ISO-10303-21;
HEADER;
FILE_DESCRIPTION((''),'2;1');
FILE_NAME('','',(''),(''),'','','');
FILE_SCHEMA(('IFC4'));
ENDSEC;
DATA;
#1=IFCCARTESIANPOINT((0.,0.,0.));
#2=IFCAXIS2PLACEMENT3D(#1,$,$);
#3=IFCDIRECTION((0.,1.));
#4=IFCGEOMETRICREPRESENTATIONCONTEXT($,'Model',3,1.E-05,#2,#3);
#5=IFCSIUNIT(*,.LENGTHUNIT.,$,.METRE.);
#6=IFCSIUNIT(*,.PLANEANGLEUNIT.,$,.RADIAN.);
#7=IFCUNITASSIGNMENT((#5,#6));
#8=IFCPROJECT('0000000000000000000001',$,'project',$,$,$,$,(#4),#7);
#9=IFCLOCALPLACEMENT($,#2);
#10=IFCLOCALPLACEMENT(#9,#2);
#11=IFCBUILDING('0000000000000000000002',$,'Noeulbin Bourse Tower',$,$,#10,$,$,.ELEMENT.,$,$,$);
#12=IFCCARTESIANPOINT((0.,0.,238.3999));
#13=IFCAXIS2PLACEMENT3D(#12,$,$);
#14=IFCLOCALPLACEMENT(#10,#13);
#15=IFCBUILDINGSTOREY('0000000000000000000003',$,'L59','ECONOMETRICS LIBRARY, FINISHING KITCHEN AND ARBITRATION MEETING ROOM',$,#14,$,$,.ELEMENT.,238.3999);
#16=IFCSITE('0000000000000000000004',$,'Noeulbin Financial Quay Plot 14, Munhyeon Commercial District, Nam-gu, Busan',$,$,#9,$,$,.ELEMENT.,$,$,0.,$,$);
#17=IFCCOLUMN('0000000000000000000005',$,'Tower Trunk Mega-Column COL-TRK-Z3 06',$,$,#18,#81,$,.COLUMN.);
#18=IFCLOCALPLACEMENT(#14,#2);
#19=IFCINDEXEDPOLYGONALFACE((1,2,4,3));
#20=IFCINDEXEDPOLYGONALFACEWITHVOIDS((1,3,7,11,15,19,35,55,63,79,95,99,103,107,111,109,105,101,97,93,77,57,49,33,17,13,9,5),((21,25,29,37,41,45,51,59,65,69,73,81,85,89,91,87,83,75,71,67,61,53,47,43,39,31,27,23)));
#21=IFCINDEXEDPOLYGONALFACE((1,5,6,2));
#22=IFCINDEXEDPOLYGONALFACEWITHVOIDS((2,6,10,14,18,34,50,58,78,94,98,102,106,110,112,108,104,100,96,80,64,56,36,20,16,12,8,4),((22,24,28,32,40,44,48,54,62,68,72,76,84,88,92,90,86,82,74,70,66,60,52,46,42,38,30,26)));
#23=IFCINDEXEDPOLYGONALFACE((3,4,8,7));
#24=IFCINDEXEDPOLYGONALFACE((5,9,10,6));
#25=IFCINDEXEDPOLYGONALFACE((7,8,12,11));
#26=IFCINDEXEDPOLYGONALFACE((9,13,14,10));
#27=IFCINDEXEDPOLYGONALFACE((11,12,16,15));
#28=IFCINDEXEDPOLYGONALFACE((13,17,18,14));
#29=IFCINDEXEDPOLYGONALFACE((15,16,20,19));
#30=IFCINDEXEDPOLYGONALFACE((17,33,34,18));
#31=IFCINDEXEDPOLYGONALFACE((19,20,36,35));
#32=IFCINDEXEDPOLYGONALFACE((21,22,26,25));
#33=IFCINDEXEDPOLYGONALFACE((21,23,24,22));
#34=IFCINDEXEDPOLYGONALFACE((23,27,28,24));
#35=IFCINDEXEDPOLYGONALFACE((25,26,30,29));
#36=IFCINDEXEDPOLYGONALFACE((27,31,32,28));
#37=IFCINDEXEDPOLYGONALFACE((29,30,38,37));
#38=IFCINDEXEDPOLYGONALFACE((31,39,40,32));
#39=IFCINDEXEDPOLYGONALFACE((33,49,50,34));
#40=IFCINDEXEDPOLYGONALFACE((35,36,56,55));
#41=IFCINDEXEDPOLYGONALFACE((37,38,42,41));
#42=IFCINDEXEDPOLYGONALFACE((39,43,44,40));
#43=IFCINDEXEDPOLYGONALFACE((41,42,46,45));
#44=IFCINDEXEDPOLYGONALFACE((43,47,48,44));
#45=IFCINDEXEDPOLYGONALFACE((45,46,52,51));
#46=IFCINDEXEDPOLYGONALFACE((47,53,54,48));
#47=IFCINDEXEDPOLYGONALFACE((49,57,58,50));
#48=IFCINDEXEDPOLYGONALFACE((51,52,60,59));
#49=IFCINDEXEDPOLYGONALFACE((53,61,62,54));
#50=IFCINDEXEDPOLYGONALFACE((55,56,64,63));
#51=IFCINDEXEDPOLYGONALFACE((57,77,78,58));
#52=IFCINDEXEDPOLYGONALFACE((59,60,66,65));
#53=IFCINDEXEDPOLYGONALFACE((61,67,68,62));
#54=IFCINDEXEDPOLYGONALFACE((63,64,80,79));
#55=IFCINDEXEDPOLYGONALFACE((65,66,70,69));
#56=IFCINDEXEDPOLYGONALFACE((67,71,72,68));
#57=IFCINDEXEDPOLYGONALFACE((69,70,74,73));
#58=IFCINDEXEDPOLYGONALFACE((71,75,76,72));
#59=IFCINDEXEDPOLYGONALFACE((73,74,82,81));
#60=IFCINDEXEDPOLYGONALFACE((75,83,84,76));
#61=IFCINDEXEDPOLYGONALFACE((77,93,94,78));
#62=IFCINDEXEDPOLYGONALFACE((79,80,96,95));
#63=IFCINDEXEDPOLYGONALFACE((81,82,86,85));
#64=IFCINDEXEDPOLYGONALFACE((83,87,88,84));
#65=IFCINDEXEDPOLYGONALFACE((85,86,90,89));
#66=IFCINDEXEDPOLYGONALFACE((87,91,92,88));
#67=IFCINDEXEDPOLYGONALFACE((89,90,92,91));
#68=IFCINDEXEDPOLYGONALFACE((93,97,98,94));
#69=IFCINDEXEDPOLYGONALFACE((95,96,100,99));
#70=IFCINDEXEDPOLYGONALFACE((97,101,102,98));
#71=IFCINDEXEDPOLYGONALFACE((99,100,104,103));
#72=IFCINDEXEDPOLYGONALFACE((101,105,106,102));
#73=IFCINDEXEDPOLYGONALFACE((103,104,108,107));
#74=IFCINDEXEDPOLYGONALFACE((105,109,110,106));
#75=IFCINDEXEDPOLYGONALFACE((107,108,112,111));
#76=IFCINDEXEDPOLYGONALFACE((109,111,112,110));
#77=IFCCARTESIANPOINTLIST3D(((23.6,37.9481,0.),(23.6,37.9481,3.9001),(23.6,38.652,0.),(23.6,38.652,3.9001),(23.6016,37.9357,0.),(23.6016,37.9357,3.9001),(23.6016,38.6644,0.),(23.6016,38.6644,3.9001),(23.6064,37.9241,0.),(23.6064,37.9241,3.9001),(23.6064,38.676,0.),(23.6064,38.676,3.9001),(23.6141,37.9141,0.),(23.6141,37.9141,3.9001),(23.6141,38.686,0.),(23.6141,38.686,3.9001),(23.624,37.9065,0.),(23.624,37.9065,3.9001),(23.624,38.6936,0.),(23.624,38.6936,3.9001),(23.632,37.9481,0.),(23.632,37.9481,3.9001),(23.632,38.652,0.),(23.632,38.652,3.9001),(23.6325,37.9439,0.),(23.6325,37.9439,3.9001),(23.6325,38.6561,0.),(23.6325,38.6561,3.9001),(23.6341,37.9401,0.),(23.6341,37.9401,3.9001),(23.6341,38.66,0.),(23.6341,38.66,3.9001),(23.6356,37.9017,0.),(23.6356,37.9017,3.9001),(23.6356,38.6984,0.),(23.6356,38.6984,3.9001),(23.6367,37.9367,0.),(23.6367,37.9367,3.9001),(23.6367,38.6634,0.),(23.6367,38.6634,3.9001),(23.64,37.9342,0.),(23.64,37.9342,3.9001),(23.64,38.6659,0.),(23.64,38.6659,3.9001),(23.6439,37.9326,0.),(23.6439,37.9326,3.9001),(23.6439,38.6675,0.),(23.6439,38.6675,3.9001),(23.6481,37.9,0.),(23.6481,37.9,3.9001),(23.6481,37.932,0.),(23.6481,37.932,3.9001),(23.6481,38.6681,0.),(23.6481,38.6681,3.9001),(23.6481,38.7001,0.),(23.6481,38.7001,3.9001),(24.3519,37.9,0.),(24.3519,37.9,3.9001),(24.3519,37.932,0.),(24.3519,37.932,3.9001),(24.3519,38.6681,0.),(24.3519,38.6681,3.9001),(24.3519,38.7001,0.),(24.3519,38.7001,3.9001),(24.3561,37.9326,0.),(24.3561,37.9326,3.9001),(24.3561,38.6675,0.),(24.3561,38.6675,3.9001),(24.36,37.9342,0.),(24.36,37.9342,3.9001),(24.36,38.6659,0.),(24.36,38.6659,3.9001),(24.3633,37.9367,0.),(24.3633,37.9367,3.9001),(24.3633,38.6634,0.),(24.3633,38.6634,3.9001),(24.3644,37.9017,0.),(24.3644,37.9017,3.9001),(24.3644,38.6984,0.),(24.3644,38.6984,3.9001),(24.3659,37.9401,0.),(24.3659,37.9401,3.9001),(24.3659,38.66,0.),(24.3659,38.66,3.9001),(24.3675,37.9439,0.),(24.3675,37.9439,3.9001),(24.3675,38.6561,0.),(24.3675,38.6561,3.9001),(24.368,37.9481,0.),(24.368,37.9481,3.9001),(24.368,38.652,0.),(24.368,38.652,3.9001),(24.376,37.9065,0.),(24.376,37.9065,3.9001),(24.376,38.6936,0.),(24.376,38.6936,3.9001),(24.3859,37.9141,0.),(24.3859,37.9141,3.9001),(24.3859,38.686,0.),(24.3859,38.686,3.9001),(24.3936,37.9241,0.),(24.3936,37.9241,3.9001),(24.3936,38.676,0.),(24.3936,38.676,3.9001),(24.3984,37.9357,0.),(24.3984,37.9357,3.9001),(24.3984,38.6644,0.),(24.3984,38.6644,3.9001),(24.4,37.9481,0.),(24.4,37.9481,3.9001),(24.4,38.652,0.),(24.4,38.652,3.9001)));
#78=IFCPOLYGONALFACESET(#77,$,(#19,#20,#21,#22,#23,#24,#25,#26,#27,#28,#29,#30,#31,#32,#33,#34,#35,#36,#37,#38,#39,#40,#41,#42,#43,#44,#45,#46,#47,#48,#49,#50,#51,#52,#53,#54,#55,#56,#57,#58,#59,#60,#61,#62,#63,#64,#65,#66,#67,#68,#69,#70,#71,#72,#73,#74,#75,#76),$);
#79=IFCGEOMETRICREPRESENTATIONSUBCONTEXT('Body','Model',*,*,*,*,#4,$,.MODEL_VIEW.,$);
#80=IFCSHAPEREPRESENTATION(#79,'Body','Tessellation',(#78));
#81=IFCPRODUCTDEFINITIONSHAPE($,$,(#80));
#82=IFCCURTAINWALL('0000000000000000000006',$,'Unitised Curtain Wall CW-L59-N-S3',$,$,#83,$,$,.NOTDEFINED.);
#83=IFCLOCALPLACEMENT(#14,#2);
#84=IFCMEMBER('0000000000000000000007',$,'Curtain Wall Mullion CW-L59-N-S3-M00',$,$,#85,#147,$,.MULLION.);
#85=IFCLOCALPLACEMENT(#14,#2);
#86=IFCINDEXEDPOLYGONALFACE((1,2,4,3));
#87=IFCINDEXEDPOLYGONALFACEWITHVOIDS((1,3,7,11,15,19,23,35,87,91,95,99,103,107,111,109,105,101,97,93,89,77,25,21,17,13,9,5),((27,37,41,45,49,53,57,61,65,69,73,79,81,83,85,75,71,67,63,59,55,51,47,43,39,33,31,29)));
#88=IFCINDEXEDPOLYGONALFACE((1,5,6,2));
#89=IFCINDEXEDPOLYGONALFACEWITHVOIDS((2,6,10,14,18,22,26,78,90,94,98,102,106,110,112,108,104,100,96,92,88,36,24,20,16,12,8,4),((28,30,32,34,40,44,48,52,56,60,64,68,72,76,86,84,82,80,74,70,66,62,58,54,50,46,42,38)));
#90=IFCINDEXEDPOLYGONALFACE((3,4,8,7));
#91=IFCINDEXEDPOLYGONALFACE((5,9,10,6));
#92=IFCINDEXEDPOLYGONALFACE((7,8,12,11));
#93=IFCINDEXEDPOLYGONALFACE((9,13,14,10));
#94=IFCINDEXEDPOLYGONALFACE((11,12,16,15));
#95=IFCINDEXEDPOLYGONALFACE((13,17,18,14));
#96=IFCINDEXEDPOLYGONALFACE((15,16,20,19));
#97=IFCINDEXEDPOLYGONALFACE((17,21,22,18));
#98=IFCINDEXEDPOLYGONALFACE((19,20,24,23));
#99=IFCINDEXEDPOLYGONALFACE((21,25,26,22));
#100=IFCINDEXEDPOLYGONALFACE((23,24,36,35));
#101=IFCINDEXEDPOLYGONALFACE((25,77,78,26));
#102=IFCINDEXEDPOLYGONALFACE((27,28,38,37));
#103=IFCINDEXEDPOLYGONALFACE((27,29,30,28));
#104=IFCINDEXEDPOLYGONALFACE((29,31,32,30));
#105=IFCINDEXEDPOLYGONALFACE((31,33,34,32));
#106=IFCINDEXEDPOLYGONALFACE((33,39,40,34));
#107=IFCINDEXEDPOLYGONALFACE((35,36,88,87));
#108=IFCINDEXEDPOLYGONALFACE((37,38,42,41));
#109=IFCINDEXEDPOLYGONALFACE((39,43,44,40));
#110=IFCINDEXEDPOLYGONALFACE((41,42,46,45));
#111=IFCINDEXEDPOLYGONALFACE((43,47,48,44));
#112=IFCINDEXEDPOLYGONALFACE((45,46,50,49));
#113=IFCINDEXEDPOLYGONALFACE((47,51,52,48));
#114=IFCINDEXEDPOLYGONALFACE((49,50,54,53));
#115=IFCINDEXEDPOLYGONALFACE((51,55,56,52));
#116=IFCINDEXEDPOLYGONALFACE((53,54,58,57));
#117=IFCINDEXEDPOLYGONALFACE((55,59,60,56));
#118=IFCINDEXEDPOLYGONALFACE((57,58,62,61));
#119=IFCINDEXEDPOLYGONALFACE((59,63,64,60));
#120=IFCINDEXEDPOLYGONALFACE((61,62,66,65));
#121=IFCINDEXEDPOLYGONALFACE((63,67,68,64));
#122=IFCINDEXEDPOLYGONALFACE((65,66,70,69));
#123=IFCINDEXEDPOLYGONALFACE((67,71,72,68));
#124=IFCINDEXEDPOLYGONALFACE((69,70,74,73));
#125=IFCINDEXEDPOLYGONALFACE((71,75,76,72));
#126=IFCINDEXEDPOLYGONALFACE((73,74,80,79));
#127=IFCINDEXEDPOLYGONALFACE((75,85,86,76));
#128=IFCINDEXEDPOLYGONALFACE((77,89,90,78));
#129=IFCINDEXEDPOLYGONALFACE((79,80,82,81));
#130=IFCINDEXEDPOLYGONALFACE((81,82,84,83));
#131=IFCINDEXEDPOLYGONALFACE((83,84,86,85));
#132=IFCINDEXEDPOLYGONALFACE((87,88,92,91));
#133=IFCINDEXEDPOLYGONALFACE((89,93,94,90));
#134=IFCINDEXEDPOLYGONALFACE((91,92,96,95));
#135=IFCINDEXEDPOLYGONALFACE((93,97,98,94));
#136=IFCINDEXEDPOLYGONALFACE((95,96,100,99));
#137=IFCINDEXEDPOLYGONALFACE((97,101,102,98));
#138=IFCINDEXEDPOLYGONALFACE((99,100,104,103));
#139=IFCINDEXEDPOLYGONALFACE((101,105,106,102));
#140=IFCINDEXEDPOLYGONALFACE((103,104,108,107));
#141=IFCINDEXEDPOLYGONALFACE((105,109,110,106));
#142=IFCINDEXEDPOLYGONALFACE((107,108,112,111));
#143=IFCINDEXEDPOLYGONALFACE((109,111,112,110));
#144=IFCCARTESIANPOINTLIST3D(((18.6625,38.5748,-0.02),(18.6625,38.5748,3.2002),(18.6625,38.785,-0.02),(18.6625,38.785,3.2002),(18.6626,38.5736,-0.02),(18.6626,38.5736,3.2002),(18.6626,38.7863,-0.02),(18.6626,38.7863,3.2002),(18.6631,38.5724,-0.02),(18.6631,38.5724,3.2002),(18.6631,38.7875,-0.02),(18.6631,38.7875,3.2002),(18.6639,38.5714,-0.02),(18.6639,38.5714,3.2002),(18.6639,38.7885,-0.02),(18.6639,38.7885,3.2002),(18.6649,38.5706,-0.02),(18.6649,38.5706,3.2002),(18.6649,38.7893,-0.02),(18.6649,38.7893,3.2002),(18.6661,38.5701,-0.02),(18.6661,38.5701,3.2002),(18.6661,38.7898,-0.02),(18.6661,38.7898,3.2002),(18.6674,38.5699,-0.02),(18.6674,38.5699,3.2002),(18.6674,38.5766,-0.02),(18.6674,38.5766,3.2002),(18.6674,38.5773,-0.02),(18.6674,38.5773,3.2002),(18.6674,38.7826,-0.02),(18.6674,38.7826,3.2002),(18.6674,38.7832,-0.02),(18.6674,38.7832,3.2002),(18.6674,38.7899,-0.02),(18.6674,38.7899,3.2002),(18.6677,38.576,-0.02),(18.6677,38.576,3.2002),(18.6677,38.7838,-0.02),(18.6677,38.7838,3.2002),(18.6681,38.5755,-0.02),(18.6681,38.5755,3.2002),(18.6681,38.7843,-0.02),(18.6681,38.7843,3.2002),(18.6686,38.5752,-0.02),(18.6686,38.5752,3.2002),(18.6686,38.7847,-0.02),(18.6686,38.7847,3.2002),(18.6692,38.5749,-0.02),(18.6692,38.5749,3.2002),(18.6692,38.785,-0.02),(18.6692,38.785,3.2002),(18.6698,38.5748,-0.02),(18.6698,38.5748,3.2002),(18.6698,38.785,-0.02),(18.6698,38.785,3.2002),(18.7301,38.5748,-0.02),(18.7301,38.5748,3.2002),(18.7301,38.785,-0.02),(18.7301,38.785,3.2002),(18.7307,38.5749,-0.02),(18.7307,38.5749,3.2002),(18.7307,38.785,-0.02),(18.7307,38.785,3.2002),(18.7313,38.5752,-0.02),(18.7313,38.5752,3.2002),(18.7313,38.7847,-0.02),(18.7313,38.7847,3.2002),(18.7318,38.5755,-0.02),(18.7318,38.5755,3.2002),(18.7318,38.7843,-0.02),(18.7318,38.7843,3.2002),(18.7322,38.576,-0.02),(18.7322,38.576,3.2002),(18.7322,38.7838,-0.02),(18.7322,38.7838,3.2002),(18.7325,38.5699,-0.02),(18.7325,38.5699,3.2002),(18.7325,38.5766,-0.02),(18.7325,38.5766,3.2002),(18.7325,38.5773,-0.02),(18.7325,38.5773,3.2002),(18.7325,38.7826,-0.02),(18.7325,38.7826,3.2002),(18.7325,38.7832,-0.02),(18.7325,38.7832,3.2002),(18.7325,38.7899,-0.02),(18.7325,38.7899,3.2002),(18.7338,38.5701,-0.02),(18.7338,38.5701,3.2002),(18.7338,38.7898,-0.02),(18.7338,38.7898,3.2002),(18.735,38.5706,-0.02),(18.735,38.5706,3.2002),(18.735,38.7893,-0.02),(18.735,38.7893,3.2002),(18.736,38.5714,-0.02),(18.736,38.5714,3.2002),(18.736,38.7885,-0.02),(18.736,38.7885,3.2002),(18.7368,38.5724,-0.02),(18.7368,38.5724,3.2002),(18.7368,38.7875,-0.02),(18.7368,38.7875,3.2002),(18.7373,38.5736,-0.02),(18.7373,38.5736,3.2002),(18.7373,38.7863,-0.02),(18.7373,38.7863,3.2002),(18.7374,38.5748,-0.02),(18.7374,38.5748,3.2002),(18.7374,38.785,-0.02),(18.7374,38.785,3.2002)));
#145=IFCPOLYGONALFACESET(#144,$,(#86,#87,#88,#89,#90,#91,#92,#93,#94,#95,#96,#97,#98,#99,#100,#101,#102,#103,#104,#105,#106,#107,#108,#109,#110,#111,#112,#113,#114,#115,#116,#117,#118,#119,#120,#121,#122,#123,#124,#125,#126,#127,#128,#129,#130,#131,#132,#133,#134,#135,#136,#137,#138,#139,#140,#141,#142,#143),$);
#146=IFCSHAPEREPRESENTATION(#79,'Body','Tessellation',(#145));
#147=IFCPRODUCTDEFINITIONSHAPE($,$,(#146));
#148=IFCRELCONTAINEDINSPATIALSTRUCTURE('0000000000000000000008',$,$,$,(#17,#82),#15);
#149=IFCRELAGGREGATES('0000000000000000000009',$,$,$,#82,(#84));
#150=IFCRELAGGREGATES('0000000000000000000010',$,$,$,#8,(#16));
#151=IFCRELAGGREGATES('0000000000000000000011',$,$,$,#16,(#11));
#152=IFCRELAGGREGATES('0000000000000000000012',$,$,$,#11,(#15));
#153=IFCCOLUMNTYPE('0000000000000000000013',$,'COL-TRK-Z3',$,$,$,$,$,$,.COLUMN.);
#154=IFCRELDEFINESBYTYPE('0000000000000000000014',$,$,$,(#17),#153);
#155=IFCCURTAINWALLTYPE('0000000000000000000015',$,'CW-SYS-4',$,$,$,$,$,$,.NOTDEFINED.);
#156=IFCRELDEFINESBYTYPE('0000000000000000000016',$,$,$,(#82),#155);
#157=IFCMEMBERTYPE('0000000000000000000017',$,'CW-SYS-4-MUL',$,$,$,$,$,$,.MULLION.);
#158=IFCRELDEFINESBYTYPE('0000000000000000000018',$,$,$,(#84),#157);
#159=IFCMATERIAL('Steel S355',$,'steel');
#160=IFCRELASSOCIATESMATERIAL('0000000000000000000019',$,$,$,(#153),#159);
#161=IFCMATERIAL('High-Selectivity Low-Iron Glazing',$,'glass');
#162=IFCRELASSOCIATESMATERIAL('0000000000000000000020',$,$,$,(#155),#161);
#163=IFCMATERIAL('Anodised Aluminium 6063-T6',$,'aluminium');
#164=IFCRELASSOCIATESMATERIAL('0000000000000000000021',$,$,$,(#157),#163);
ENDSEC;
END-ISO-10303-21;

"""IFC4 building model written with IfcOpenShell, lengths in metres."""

from ifc_helpers import new_model, si_unit, direction, frame, origin, origin_2d, place, context, subcontext, project, spatial, hollow_rectangle, extrude, material, material_profile, profile_set, type_object, element, aggregate, save


model = new_model("IFC4")

# Units and contexts
model_context = context("Model", 3, precision=1e-05, world=origin(), true_north=direction((0.0, 1.0)))
body_context = subcontext(model_context, "Body", "Model", "MODEL_VIEW")
ifc_project = project(units=[si_unit("LENGTHUNIT", "METRE"), si_unit("PLANEANGLEUNIT", "RADIAN")], contexts=[model_context])

# Site, building, storey
site_placement = place(None, origin())
site = spatial("IfcSite", under=ifc_project, at=site_placement, Name="Noeulbin Financial Quay Plot 14, Munhyeon Commercial District, Nam-gu, Busan", CompositionType="ELEMENT", RefElevation=0.0)
building_placement = place(site_placement, origin())
building = spatial("IfcBuilding", under=site, at=building_placement, Name="Noeulbin Bourse Tower", CompositionType="ELEMENT")
storey_placement = place(building_placement, frame((0.0, 0.0, 238.3999)))
storey = spatial("IfcBuildingStorey", under=building, at=storey_placement, Name="L59", Description="ECONOMETRICS LIBRARY, FINISHING KITCHEN AND ARBITRATION MEETING ROOM", CompositionType="ELEMENT", Elevation=238.3999)

# Column
ifc_material_1 = material(Name="Steel S355", Category="steel")
ifc_material_profile_1 = material_profile(ifc_material_1, hollow_rectangle(XDim=0.8, YDim=0.8, WallThickness=0.032, InnerFilletRadius=0.0161, OuterFilletRadius=0.0481, at=origin_2d()), Name="BOX-800x800x32", Category="LoadBearing")
ifc_profile_set_1 = profile_set([ifc_material_profile_1], Name="Steel S355")
column_type = type_object("IfcColumnType", Name="COL-TRK-Z3", PredefinedType="COLUMN", material=ifc_profile_set_1)
for number, where, z_axis, x_axis, name in (
    (1, (24.0, 38.3, 0.0), (0.0, 0.0, 1.0), (1.0, 0.0, 0.0), "Tower Trunk Mega-Column COL-TRK-Z3 06"),
):
    element("IfcColumn", number, at=place(storey_placement, frame(where, z_axis=z_axis, x_axis=x_axis)), inside=storey, type_object=column_type, Name=name, PredefinedType="COLUMN", context=body_context, shape_type="SweptSolid", body=[
        extrude(hollow_rectangle(XDim=0.8, YDim=0.8, WallThickness=0.032, InnerFilletRadius=0.0161, OuterFilletRadius=0.0481, at=origin_2d()), origin(), (0.0, 0.0, 1.0), 3.9001),
    ])

# Curtain wall, member
ifc_material_2 = material(Name="High-Selectivity Low-Iron Glazing", Category="glass")
curtain_wall_type = type_object("IfcCurtainWallType", Name="CW-SYS-4", PredefinedType="NOTDEFINED", material=ifc_material_2)
curtain_wall_placement = place(storey_placement, origin())
curtain_wall = element("IfcCurtainWall", 2, at=curtain_wall_placement, inside=storey, type_object=curtain_wall_type, Name="Unitised Curtain Wall CW-L59-N-S3", PredefinedType="NOTDEFINED")
ifc_material_3 = material(Name="Anodised Aluminium 6063-T6", Category="aluminium")
ifc_material_profile_2 = material_profile(ifc_material_3, hollow_rectangle(XDim=0.075, YDim=0.22, WallThickness=0.0049, InnerFilletRadius=0.0024, OuterFilletRadius=0.0049, at=origin_2d()), Name="ALU-MULL-75x220x5", Category="LoadBearing")
ifc_profile_set_2 = profile_set([ifc_material_profile_2], Name="Anodised Aluminium 6063-T6")
member_type_1 = type_object("IfcMemberType", Name="CW-SYS-4-MUL", PredefinedType="MULLION", material=ifc_profile_set_2)
member_1_placement = place(storey_placement, frame((18.7, 38.6799, -0.02), z_axis=(0.0, 0.0, 1.0), x_axis=(1.0, 0.0, 0.0)))
member_1 = element("IfcMember", 3, at=member_1_placement, type_object=member_type_1, Name="Curtain Wall Mullion CW-L59-N-S3-M00", PredefinedType="MULLION", context=body_context, shape_type="SweptSolid", body=[
    extrude(hollow_rectangle(XDim=0.075, YDim=0.22, WallThickness=0.0049, InnerFilletRadius=0.0024, OuterFilletRadius=0.0049, at=origin_2d()), origin(), (0.0, 0.0, 1.0), 3.2202),
])
aggregate(curtain_wall, [member_1])

save(model, "model.ifc")
